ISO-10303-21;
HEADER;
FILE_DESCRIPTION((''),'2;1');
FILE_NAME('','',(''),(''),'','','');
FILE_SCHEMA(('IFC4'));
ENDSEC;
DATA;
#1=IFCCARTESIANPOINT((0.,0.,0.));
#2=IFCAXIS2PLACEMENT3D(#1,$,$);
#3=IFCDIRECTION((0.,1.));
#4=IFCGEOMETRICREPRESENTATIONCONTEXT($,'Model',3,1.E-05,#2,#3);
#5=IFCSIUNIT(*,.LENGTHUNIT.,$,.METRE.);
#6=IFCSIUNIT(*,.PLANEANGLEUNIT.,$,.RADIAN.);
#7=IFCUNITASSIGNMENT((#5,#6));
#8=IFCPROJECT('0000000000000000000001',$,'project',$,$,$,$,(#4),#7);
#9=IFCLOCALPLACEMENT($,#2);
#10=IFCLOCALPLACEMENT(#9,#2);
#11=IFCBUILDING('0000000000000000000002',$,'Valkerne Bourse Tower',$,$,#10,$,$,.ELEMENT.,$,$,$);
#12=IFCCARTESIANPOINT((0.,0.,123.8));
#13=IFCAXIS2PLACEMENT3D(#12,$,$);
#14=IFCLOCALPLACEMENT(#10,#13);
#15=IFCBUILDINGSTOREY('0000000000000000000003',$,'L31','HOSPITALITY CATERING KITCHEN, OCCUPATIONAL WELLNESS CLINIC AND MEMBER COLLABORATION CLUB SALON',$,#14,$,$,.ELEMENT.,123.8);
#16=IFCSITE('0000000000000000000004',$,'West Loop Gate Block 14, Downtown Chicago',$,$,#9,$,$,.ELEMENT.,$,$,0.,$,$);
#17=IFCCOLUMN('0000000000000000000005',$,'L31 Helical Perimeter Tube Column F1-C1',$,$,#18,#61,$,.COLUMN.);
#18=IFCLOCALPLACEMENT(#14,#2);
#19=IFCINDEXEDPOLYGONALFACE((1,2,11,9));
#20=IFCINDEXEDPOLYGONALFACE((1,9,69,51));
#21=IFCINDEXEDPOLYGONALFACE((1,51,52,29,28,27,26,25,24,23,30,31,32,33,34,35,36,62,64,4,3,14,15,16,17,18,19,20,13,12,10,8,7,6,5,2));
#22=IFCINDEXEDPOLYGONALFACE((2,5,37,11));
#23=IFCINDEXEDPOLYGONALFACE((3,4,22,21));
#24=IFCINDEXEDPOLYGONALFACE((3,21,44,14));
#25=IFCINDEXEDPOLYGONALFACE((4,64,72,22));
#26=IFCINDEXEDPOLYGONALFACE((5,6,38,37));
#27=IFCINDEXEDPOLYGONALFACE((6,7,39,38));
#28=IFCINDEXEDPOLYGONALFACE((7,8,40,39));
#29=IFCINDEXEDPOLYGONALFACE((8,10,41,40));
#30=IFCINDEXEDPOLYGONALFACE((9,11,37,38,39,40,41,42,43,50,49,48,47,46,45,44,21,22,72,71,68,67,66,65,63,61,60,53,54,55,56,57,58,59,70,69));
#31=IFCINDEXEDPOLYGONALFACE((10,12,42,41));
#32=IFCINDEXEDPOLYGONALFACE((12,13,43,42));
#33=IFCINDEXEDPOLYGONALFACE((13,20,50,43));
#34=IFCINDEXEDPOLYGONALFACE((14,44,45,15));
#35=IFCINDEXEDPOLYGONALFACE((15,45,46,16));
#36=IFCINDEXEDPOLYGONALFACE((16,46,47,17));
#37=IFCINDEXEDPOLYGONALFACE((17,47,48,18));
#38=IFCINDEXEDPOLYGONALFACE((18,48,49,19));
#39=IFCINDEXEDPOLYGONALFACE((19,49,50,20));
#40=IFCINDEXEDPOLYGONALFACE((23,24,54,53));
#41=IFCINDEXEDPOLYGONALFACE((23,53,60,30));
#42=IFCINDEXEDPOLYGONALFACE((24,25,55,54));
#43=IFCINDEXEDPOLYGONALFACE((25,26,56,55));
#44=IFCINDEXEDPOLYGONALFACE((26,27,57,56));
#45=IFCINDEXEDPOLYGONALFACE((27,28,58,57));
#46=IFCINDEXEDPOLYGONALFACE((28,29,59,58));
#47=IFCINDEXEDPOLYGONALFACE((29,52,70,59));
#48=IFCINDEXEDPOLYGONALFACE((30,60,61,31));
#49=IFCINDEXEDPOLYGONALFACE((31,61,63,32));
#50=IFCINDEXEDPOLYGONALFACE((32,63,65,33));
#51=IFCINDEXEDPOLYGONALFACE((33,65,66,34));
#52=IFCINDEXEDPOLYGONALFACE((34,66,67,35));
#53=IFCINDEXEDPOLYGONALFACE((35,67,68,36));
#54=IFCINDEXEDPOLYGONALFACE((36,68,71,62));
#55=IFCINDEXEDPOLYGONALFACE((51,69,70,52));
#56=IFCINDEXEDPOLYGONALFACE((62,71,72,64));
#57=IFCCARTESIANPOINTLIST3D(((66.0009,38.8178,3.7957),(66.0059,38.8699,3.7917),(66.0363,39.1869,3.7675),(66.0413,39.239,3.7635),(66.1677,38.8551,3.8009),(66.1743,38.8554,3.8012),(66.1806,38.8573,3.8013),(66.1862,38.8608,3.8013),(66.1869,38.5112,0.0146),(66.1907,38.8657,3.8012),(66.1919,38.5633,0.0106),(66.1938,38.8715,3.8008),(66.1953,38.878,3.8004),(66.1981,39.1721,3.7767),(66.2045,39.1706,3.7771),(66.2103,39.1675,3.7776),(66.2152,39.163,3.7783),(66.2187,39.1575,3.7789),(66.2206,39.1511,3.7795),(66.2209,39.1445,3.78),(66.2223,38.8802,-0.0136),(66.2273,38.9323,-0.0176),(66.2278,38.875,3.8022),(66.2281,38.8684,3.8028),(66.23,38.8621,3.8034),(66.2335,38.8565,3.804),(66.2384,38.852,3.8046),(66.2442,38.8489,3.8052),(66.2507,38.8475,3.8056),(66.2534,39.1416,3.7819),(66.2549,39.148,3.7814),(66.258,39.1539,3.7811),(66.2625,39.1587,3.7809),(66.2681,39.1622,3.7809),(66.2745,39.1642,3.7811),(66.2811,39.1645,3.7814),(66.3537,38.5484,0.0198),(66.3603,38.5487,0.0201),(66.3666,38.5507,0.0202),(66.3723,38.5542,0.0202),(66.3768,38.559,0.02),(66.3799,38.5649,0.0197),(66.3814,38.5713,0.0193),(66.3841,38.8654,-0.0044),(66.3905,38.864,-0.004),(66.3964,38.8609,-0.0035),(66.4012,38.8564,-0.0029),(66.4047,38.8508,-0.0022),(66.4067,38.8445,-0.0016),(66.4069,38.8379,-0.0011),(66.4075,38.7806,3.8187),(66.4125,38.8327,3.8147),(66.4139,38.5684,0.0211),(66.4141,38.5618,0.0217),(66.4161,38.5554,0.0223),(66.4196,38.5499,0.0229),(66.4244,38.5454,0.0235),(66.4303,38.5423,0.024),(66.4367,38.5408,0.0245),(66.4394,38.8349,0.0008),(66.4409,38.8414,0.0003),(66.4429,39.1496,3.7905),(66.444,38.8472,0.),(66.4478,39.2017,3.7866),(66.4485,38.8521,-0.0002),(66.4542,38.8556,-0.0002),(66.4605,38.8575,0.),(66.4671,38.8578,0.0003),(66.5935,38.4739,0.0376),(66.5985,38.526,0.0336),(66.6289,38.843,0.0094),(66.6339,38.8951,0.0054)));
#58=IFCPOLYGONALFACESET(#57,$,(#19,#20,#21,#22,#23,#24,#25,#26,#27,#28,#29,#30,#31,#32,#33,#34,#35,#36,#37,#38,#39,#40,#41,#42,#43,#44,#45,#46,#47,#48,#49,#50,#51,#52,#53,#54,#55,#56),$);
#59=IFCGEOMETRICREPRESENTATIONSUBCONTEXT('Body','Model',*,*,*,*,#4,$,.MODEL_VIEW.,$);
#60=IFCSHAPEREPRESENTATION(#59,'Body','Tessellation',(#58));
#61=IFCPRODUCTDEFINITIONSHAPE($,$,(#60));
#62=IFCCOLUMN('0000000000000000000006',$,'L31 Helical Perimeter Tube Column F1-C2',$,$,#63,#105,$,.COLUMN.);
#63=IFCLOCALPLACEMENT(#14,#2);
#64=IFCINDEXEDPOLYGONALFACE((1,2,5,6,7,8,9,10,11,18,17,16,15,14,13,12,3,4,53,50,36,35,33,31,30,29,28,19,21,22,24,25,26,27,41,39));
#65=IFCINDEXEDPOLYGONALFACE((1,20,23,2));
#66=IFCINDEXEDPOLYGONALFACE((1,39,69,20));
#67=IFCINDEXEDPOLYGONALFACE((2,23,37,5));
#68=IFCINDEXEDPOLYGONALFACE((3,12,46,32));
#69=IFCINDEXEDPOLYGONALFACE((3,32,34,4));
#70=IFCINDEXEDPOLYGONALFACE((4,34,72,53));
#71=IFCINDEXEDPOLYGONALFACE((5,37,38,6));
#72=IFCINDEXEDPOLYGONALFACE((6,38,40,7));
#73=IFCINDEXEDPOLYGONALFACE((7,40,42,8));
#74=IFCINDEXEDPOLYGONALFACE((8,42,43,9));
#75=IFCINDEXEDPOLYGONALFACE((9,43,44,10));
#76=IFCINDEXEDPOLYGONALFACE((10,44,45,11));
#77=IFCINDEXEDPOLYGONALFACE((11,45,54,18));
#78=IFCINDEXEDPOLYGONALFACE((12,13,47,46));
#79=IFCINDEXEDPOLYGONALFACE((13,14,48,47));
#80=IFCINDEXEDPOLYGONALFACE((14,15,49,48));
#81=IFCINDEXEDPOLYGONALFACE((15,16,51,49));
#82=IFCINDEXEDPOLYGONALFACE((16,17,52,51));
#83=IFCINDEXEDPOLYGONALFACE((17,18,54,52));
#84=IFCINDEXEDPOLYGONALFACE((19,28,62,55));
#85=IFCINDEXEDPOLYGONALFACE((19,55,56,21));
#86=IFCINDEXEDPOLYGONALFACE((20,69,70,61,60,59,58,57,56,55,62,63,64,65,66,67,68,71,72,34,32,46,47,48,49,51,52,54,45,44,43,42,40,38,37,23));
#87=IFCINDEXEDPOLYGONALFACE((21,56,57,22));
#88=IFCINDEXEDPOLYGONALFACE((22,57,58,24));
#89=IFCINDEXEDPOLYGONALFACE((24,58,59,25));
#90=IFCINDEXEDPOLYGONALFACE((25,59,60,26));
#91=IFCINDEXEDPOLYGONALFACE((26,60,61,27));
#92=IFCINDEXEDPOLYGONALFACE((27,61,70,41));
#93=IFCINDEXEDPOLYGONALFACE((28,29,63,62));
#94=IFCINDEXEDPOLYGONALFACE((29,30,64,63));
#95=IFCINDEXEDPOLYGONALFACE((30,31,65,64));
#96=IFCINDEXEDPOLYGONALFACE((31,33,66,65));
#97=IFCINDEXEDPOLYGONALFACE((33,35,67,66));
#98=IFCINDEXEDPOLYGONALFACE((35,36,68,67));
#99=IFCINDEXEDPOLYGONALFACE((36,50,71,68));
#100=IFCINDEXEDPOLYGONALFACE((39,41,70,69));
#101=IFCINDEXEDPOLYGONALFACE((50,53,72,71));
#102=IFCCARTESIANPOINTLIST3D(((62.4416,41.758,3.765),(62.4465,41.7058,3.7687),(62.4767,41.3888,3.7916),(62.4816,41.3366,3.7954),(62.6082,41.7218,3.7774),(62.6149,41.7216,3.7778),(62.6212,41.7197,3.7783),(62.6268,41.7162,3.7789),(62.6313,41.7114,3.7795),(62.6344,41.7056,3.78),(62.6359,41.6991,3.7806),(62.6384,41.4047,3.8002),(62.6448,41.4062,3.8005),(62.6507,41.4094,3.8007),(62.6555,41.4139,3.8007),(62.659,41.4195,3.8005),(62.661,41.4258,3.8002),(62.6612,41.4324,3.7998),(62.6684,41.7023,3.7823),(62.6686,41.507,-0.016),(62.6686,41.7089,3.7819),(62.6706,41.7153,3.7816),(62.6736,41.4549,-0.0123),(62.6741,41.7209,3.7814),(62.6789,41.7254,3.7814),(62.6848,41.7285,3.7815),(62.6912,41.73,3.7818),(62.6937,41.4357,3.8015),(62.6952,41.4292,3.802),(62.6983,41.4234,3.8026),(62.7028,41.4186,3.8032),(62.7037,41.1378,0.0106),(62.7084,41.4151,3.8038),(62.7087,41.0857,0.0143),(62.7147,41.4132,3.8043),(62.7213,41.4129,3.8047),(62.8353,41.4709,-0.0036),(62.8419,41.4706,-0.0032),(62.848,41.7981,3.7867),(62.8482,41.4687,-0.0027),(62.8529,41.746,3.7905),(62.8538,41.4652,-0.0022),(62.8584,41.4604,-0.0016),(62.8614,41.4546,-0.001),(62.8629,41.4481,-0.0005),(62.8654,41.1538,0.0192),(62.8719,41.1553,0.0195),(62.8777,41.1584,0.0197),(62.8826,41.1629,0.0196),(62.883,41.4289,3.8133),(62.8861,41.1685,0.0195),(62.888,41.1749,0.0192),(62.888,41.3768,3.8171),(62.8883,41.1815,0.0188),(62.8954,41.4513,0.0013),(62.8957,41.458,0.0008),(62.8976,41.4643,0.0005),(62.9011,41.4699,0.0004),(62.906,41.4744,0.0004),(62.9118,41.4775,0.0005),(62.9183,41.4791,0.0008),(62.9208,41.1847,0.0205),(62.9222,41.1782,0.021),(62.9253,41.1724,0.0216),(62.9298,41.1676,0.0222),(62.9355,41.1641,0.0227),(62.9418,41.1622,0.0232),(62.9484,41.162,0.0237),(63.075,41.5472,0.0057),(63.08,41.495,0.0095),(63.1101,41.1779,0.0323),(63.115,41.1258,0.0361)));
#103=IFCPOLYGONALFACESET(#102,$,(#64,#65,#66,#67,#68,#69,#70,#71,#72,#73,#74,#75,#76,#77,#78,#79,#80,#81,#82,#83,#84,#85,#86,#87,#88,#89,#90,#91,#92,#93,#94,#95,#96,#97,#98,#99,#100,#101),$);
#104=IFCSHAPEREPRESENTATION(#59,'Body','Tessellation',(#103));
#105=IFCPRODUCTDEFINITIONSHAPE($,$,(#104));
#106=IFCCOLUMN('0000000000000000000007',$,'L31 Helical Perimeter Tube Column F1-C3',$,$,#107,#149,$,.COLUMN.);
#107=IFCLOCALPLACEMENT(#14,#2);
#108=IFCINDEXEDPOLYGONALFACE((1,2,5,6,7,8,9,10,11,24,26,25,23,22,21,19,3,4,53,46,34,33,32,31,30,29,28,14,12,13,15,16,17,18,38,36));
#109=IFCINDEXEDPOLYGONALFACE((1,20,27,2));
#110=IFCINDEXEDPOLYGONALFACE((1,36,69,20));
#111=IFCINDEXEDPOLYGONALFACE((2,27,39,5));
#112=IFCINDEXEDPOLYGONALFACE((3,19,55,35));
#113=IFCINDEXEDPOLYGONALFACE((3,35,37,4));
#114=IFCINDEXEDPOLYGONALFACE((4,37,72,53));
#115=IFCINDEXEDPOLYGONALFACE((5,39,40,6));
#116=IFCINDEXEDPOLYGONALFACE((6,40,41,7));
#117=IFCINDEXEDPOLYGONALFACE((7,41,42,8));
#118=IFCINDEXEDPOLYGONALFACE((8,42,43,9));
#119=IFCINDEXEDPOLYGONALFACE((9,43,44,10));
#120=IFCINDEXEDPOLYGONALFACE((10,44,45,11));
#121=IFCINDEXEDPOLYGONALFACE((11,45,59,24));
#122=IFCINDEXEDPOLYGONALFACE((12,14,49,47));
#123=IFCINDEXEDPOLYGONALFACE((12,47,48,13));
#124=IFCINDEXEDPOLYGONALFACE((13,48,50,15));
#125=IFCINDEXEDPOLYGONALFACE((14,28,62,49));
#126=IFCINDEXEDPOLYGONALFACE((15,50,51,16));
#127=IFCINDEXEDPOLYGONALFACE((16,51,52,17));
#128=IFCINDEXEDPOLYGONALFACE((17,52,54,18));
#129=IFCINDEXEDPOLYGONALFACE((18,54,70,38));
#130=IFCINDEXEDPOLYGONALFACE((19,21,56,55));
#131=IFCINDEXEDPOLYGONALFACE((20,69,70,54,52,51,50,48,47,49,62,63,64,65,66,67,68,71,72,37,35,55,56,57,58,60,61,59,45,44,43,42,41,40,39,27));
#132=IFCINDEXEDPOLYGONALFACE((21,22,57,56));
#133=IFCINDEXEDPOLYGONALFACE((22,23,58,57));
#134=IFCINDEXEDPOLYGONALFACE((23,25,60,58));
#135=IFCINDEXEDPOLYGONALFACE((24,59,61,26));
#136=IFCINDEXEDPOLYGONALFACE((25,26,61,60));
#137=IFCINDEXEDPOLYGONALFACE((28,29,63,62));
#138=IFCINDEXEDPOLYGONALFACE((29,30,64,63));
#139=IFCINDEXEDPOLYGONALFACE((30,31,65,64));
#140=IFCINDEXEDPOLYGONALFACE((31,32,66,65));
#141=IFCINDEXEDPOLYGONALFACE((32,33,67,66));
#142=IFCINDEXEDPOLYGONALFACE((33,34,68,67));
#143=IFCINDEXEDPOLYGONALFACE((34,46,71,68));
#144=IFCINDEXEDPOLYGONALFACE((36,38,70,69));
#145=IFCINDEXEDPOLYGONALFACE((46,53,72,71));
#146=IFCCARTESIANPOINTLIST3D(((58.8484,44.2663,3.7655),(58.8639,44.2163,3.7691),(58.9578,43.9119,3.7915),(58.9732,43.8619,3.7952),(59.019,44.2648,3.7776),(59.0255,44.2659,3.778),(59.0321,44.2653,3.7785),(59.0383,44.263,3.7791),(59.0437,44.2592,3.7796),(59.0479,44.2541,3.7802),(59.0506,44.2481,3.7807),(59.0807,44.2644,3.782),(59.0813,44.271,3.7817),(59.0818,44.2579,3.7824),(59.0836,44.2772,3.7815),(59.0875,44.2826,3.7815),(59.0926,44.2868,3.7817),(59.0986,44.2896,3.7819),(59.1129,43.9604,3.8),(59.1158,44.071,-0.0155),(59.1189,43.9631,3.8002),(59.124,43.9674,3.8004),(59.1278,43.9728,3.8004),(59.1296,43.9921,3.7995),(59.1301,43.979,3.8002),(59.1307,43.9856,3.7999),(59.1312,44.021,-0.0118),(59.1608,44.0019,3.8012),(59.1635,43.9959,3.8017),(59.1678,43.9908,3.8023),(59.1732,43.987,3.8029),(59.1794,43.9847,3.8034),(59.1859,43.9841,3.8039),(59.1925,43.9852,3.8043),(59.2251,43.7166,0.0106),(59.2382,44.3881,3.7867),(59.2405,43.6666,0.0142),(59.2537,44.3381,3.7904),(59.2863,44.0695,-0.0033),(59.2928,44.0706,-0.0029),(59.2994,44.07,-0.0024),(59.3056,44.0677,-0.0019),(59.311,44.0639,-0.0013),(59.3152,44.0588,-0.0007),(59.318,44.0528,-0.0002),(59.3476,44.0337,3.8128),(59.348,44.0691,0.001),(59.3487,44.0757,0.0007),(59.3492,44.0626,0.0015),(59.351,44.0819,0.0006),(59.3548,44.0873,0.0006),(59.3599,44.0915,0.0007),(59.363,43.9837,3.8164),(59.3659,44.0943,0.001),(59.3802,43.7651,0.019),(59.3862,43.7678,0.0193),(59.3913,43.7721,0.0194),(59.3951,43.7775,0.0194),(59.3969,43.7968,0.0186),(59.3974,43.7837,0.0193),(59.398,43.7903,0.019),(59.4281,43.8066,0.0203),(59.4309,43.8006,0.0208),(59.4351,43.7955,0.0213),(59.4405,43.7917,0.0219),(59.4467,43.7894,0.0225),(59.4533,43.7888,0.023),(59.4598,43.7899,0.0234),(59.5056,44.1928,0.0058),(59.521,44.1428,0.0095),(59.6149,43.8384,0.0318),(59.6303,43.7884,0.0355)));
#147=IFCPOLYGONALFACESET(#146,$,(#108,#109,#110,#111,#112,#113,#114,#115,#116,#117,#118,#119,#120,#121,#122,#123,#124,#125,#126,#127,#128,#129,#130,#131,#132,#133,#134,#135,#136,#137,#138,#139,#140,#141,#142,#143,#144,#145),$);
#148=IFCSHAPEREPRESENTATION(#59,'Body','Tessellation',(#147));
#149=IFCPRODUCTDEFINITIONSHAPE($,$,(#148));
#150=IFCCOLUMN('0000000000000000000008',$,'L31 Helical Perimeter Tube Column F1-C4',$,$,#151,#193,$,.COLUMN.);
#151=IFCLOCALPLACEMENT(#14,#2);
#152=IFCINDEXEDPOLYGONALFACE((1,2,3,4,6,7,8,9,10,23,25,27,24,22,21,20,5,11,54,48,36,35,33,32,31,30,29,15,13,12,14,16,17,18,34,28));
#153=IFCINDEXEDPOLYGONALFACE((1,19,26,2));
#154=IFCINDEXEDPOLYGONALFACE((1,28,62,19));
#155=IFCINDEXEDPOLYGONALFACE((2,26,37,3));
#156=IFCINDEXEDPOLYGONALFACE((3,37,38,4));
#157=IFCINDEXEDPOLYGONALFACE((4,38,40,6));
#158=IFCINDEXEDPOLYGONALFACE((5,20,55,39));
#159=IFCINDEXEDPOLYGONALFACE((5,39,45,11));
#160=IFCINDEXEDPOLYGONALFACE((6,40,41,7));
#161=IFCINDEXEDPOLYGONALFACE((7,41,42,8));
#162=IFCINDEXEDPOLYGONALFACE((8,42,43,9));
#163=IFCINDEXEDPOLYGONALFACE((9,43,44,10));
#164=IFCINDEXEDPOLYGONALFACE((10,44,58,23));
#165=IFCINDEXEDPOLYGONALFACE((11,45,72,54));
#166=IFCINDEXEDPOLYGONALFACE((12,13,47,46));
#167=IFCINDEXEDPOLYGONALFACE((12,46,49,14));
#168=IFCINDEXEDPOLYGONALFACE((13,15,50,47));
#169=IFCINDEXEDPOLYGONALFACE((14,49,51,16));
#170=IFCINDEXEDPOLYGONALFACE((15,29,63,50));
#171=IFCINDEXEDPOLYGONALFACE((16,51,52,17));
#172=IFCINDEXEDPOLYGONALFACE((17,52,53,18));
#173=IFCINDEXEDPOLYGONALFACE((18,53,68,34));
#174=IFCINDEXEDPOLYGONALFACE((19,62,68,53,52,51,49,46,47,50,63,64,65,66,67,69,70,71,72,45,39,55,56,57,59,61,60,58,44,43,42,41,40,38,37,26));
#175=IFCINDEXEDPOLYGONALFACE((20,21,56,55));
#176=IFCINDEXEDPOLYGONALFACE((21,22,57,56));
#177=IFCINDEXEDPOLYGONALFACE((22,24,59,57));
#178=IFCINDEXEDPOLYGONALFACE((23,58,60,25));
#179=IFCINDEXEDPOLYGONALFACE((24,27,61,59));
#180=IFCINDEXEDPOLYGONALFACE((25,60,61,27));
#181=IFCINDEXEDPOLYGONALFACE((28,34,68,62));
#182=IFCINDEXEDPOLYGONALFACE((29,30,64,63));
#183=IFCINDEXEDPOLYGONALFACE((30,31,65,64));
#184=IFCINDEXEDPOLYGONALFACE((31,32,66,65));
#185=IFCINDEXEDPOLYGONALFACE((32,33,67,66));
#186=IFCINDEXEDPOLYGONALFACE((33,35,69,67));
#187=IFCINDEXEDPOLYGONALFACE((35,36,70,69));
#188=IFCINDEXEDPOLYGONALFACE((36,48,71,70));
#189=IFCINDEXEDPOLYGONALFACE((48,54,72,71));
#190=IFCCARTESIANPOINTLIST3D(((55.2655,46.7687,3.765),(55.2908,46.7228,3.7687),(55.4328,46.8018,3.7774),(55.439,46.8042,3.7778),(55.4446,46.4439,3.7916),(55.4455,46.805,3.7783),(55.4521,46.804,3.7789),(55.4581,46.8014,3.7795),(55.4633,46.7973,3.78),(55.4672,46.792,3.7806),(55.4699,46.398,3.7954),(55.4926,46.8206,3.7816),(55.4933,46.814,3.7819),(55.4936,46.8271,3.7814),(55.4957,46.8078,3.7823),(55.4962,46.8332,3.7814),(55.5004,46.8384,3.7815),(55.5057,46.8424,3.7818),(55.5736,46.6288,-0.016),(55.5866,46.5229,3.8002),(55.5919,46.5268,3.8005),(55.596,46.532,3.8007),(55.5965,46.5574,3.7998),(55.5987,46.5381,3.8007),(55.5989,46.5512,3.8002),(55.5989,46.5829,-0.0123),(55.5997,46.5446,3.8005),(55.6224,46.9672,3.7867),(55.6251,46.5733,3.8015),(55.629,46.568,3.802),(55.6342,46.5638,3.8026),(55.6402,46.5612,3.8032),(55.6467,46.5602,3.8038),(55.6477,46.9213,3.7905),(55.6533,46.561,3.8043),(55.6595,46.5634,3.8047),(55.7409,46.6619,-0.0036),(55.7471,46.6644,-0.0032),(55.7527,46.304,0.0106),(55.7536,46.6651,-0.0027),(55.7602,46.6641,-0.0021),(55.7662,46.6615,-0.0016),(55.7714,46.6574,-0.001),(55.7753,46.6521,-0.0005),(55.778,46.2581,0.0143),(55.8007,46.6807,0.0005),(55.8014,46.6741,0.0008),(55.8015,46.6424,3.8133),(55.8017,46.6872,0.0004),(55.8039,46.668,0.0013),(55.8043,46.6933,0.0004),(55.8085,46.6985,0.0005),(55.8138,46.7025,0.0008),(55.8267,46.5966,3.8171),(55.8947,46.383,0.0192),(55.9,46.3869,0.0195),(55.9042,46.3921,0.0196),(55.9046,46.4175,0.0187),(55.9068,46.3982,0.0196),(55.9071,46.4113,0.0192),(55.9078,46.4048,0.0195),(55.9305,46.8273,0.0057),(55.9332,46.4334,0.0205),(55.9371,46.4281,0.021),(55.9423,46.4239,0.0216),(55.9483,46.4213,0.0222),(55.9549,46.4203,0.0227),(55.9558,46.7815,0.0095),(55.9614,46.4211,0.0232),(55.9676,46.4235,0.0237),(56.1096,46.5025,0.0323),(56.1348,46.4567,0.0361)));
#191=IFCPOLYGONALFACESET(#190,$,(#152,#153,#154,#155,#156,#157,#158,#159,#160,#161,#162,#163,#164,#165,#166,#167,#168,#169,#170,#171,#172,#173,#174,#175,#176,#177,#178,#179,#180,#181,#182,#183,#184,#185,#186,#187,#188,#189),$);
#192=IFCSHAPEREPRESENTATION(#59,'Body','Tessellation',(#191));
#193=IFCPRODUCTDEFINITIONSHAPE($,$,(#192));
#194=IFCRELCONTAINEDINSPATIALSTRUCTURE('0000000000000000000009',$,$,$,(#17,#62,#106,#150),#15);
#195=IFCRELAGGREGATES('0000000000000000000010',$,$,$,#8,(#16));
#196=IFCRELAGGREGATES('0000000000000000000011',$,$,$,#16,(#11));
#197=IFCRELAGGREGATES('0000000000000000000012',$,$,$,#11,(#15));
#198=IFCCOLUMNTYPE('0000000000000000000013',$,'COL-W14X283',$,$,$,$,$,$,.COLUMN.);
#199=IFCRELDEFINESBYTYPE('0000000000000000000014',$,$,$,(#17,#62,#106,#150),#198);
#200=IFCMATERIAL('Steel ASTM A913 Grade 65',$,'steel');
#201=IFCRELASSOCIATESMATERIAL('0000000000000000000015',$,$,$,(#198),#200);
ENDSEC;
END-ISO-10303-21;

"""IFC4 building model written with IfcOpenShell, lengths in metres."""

from ifc_helpers import new_model, si_unit, direction, frame, origin, origin_2d, place, context, subcontext, project, spatial, i_section, extrude, material, material_profile, profile_set, type_object, element, save


model = new_model("IFC4")

# Units and contexts
model_context = context("Model", 3, precision=1e-05, world=origin(), true_north=direction((0.0, 1.0)))
body_context = subcontext(model_context, "Body", "Model", "MODEL_VIEW")
ifc_project = project(units=[si_unit("LENGTHUNIT", "METRE"), si_unit("PLANEANGLEUNIT", "RADIAN")], contexts=[model_context])

# Site, building, storey
site_placement = place(None, origin())
site = spatial("IfcSite", under=ifc_project, at=site_placement, Name="West Loop Gate Block 14, Downtown Chicago", CompositionType="ELEMENT", RefElevation=0.0)
building_placement = place(site_placement, origin())
building = spatial("IfcBuilding", under=site, at=building_placement, Name="Valkerne Bourse Tower", CompositionType="ELEMENT")
storey_placement = place(building_placement, frame((0.0, 0.0, 123.8)))
storey = spatial("IfcBuildingStorey", under=building, at=storey_placement, Name="L31", Description="HOSPITALITY CATERING KITCHEN, OCCUPATIONAL WELLNESS CLINIC AND MEMBER COLLABORATION CLUB SALON", CompositionType="ELEMENT", Elevation=123.8)

# Columns
ifc_material_1 = material(Name="Steel ASTM A913 Grade 65", Category="steel")
ifc_material_profile_1 = material_profile(ifc_material_1, i_section(OverallWidth=0.4089, OverallDepth=0.4243, WebThickness=0.0327, FlangeThickness=0.0525, FilletRadius=0.0254, at=origin_2d()), Name="W14X283")
ifc_profile_set_1 = profile_set([ifc_material_profile_1], Name="Steel ASTM A913 Grade 65")
column_type = type_object("IfcColumnType", Name="COL-W14X283", PredefinedType="COLUMN", material=ifc_profile_set_1)
column_1_placement = place(storey_placement, frame((66.4104, 38.7031, 0.01), z_axis=(-0.048983, 0.080738, 0.995531), x_axis=(0.994253, -0.091054, 0.056304)))
element("IfcColumn", 1, at=column_1_placement, inside=storey, type_object=column_type, Name="L31 Helical Perimeter Tube Column F1-C1", PredefinedType="COLUMN", context=body_context, shape_type="SweptSolid", body=[
    extrude(i_section(OverallWidth=0.4089, OverallDepth=0.4243, WebThickness=0.0327, FlangeThickness=0.0525, FilletRadius=0.0254, at=origin_2d()), origin(), (0.0, 0.0, 1.0), 3.7981),
])
column_2_placement = place(storey_placement, frame((62.8918, 41.3164, 0.01), z_axis=(-0.059811, 0.066114, 0.996018), x_axis=(0.993745, 0.098209, 0.053156)))
element("IfcColumn", 2, at=column_2_placement, inside=storey, type_object=column_type, Name="L31 Helical Perimeter Tube Column F1-C2", PredefinedType="COLUMN", context=body_context, shape_type="SweptSolid", body=[
    extrude(i_section(OverallWidth=0.4089, OverallDepth=0.4243, WebThickness=0.0327, FlangeThickness=0.0525, FilletRadius=0.0254, at=origin_2d()), origin(), (0.0, 0.0, 1.0), 3.7961),
])
column_3_placement = place(storey_placement, frame((59.373, 43.9297, 0.01), z_axis=(-0.070435, 0.051459, 0.996188), x_axis=(0.953193, 0.297855, 0.052009)))
element("IfcColumn", 3, at=column_3_placement, inside=storey, type_object=column_type, Name="L31 Helical Perimeter Tube Column F1-C3", PredefinedType="COLUMN", context=body_context, shape_type="SweptSolid", body=[
    extrude(i_section(OverallWidth=0.4089, OverallDepth=0.4243, WebThickness=0.0327, FlangeThickness=0.0525, FilletRadius=0.0254, at=origin_2d()), origin(), (0.0, 0.0, 1.0), 3.7954),
])
column_4_placement = place(storey_placement, frame((55.8542, 46.5427, 0.01), z_axis=(-0.081163, 0.036851, 0.996019), x_axis=(0.872628, 0.485485, 0.053146)))
element("IfcColumn", 4, at=column_4_placement, inside=storey, type_object=column_type, Name="L31 Helical Perimeter Tube Column F1-C4", PredefinedType="COLUMN", context=body_context, shape_type="SweptSolid", body=[
    extrude(i_section(OverallWidth=0.4089, OverallDepth=0.4243, WebThickness=0.0327, FlangeThickness=0.0525, FilletRadius=0.0254, at=origin_2d()), origin(), (0.0, 0.0, 1.0), 3.7961),
])

save(model, "model.ifc")
